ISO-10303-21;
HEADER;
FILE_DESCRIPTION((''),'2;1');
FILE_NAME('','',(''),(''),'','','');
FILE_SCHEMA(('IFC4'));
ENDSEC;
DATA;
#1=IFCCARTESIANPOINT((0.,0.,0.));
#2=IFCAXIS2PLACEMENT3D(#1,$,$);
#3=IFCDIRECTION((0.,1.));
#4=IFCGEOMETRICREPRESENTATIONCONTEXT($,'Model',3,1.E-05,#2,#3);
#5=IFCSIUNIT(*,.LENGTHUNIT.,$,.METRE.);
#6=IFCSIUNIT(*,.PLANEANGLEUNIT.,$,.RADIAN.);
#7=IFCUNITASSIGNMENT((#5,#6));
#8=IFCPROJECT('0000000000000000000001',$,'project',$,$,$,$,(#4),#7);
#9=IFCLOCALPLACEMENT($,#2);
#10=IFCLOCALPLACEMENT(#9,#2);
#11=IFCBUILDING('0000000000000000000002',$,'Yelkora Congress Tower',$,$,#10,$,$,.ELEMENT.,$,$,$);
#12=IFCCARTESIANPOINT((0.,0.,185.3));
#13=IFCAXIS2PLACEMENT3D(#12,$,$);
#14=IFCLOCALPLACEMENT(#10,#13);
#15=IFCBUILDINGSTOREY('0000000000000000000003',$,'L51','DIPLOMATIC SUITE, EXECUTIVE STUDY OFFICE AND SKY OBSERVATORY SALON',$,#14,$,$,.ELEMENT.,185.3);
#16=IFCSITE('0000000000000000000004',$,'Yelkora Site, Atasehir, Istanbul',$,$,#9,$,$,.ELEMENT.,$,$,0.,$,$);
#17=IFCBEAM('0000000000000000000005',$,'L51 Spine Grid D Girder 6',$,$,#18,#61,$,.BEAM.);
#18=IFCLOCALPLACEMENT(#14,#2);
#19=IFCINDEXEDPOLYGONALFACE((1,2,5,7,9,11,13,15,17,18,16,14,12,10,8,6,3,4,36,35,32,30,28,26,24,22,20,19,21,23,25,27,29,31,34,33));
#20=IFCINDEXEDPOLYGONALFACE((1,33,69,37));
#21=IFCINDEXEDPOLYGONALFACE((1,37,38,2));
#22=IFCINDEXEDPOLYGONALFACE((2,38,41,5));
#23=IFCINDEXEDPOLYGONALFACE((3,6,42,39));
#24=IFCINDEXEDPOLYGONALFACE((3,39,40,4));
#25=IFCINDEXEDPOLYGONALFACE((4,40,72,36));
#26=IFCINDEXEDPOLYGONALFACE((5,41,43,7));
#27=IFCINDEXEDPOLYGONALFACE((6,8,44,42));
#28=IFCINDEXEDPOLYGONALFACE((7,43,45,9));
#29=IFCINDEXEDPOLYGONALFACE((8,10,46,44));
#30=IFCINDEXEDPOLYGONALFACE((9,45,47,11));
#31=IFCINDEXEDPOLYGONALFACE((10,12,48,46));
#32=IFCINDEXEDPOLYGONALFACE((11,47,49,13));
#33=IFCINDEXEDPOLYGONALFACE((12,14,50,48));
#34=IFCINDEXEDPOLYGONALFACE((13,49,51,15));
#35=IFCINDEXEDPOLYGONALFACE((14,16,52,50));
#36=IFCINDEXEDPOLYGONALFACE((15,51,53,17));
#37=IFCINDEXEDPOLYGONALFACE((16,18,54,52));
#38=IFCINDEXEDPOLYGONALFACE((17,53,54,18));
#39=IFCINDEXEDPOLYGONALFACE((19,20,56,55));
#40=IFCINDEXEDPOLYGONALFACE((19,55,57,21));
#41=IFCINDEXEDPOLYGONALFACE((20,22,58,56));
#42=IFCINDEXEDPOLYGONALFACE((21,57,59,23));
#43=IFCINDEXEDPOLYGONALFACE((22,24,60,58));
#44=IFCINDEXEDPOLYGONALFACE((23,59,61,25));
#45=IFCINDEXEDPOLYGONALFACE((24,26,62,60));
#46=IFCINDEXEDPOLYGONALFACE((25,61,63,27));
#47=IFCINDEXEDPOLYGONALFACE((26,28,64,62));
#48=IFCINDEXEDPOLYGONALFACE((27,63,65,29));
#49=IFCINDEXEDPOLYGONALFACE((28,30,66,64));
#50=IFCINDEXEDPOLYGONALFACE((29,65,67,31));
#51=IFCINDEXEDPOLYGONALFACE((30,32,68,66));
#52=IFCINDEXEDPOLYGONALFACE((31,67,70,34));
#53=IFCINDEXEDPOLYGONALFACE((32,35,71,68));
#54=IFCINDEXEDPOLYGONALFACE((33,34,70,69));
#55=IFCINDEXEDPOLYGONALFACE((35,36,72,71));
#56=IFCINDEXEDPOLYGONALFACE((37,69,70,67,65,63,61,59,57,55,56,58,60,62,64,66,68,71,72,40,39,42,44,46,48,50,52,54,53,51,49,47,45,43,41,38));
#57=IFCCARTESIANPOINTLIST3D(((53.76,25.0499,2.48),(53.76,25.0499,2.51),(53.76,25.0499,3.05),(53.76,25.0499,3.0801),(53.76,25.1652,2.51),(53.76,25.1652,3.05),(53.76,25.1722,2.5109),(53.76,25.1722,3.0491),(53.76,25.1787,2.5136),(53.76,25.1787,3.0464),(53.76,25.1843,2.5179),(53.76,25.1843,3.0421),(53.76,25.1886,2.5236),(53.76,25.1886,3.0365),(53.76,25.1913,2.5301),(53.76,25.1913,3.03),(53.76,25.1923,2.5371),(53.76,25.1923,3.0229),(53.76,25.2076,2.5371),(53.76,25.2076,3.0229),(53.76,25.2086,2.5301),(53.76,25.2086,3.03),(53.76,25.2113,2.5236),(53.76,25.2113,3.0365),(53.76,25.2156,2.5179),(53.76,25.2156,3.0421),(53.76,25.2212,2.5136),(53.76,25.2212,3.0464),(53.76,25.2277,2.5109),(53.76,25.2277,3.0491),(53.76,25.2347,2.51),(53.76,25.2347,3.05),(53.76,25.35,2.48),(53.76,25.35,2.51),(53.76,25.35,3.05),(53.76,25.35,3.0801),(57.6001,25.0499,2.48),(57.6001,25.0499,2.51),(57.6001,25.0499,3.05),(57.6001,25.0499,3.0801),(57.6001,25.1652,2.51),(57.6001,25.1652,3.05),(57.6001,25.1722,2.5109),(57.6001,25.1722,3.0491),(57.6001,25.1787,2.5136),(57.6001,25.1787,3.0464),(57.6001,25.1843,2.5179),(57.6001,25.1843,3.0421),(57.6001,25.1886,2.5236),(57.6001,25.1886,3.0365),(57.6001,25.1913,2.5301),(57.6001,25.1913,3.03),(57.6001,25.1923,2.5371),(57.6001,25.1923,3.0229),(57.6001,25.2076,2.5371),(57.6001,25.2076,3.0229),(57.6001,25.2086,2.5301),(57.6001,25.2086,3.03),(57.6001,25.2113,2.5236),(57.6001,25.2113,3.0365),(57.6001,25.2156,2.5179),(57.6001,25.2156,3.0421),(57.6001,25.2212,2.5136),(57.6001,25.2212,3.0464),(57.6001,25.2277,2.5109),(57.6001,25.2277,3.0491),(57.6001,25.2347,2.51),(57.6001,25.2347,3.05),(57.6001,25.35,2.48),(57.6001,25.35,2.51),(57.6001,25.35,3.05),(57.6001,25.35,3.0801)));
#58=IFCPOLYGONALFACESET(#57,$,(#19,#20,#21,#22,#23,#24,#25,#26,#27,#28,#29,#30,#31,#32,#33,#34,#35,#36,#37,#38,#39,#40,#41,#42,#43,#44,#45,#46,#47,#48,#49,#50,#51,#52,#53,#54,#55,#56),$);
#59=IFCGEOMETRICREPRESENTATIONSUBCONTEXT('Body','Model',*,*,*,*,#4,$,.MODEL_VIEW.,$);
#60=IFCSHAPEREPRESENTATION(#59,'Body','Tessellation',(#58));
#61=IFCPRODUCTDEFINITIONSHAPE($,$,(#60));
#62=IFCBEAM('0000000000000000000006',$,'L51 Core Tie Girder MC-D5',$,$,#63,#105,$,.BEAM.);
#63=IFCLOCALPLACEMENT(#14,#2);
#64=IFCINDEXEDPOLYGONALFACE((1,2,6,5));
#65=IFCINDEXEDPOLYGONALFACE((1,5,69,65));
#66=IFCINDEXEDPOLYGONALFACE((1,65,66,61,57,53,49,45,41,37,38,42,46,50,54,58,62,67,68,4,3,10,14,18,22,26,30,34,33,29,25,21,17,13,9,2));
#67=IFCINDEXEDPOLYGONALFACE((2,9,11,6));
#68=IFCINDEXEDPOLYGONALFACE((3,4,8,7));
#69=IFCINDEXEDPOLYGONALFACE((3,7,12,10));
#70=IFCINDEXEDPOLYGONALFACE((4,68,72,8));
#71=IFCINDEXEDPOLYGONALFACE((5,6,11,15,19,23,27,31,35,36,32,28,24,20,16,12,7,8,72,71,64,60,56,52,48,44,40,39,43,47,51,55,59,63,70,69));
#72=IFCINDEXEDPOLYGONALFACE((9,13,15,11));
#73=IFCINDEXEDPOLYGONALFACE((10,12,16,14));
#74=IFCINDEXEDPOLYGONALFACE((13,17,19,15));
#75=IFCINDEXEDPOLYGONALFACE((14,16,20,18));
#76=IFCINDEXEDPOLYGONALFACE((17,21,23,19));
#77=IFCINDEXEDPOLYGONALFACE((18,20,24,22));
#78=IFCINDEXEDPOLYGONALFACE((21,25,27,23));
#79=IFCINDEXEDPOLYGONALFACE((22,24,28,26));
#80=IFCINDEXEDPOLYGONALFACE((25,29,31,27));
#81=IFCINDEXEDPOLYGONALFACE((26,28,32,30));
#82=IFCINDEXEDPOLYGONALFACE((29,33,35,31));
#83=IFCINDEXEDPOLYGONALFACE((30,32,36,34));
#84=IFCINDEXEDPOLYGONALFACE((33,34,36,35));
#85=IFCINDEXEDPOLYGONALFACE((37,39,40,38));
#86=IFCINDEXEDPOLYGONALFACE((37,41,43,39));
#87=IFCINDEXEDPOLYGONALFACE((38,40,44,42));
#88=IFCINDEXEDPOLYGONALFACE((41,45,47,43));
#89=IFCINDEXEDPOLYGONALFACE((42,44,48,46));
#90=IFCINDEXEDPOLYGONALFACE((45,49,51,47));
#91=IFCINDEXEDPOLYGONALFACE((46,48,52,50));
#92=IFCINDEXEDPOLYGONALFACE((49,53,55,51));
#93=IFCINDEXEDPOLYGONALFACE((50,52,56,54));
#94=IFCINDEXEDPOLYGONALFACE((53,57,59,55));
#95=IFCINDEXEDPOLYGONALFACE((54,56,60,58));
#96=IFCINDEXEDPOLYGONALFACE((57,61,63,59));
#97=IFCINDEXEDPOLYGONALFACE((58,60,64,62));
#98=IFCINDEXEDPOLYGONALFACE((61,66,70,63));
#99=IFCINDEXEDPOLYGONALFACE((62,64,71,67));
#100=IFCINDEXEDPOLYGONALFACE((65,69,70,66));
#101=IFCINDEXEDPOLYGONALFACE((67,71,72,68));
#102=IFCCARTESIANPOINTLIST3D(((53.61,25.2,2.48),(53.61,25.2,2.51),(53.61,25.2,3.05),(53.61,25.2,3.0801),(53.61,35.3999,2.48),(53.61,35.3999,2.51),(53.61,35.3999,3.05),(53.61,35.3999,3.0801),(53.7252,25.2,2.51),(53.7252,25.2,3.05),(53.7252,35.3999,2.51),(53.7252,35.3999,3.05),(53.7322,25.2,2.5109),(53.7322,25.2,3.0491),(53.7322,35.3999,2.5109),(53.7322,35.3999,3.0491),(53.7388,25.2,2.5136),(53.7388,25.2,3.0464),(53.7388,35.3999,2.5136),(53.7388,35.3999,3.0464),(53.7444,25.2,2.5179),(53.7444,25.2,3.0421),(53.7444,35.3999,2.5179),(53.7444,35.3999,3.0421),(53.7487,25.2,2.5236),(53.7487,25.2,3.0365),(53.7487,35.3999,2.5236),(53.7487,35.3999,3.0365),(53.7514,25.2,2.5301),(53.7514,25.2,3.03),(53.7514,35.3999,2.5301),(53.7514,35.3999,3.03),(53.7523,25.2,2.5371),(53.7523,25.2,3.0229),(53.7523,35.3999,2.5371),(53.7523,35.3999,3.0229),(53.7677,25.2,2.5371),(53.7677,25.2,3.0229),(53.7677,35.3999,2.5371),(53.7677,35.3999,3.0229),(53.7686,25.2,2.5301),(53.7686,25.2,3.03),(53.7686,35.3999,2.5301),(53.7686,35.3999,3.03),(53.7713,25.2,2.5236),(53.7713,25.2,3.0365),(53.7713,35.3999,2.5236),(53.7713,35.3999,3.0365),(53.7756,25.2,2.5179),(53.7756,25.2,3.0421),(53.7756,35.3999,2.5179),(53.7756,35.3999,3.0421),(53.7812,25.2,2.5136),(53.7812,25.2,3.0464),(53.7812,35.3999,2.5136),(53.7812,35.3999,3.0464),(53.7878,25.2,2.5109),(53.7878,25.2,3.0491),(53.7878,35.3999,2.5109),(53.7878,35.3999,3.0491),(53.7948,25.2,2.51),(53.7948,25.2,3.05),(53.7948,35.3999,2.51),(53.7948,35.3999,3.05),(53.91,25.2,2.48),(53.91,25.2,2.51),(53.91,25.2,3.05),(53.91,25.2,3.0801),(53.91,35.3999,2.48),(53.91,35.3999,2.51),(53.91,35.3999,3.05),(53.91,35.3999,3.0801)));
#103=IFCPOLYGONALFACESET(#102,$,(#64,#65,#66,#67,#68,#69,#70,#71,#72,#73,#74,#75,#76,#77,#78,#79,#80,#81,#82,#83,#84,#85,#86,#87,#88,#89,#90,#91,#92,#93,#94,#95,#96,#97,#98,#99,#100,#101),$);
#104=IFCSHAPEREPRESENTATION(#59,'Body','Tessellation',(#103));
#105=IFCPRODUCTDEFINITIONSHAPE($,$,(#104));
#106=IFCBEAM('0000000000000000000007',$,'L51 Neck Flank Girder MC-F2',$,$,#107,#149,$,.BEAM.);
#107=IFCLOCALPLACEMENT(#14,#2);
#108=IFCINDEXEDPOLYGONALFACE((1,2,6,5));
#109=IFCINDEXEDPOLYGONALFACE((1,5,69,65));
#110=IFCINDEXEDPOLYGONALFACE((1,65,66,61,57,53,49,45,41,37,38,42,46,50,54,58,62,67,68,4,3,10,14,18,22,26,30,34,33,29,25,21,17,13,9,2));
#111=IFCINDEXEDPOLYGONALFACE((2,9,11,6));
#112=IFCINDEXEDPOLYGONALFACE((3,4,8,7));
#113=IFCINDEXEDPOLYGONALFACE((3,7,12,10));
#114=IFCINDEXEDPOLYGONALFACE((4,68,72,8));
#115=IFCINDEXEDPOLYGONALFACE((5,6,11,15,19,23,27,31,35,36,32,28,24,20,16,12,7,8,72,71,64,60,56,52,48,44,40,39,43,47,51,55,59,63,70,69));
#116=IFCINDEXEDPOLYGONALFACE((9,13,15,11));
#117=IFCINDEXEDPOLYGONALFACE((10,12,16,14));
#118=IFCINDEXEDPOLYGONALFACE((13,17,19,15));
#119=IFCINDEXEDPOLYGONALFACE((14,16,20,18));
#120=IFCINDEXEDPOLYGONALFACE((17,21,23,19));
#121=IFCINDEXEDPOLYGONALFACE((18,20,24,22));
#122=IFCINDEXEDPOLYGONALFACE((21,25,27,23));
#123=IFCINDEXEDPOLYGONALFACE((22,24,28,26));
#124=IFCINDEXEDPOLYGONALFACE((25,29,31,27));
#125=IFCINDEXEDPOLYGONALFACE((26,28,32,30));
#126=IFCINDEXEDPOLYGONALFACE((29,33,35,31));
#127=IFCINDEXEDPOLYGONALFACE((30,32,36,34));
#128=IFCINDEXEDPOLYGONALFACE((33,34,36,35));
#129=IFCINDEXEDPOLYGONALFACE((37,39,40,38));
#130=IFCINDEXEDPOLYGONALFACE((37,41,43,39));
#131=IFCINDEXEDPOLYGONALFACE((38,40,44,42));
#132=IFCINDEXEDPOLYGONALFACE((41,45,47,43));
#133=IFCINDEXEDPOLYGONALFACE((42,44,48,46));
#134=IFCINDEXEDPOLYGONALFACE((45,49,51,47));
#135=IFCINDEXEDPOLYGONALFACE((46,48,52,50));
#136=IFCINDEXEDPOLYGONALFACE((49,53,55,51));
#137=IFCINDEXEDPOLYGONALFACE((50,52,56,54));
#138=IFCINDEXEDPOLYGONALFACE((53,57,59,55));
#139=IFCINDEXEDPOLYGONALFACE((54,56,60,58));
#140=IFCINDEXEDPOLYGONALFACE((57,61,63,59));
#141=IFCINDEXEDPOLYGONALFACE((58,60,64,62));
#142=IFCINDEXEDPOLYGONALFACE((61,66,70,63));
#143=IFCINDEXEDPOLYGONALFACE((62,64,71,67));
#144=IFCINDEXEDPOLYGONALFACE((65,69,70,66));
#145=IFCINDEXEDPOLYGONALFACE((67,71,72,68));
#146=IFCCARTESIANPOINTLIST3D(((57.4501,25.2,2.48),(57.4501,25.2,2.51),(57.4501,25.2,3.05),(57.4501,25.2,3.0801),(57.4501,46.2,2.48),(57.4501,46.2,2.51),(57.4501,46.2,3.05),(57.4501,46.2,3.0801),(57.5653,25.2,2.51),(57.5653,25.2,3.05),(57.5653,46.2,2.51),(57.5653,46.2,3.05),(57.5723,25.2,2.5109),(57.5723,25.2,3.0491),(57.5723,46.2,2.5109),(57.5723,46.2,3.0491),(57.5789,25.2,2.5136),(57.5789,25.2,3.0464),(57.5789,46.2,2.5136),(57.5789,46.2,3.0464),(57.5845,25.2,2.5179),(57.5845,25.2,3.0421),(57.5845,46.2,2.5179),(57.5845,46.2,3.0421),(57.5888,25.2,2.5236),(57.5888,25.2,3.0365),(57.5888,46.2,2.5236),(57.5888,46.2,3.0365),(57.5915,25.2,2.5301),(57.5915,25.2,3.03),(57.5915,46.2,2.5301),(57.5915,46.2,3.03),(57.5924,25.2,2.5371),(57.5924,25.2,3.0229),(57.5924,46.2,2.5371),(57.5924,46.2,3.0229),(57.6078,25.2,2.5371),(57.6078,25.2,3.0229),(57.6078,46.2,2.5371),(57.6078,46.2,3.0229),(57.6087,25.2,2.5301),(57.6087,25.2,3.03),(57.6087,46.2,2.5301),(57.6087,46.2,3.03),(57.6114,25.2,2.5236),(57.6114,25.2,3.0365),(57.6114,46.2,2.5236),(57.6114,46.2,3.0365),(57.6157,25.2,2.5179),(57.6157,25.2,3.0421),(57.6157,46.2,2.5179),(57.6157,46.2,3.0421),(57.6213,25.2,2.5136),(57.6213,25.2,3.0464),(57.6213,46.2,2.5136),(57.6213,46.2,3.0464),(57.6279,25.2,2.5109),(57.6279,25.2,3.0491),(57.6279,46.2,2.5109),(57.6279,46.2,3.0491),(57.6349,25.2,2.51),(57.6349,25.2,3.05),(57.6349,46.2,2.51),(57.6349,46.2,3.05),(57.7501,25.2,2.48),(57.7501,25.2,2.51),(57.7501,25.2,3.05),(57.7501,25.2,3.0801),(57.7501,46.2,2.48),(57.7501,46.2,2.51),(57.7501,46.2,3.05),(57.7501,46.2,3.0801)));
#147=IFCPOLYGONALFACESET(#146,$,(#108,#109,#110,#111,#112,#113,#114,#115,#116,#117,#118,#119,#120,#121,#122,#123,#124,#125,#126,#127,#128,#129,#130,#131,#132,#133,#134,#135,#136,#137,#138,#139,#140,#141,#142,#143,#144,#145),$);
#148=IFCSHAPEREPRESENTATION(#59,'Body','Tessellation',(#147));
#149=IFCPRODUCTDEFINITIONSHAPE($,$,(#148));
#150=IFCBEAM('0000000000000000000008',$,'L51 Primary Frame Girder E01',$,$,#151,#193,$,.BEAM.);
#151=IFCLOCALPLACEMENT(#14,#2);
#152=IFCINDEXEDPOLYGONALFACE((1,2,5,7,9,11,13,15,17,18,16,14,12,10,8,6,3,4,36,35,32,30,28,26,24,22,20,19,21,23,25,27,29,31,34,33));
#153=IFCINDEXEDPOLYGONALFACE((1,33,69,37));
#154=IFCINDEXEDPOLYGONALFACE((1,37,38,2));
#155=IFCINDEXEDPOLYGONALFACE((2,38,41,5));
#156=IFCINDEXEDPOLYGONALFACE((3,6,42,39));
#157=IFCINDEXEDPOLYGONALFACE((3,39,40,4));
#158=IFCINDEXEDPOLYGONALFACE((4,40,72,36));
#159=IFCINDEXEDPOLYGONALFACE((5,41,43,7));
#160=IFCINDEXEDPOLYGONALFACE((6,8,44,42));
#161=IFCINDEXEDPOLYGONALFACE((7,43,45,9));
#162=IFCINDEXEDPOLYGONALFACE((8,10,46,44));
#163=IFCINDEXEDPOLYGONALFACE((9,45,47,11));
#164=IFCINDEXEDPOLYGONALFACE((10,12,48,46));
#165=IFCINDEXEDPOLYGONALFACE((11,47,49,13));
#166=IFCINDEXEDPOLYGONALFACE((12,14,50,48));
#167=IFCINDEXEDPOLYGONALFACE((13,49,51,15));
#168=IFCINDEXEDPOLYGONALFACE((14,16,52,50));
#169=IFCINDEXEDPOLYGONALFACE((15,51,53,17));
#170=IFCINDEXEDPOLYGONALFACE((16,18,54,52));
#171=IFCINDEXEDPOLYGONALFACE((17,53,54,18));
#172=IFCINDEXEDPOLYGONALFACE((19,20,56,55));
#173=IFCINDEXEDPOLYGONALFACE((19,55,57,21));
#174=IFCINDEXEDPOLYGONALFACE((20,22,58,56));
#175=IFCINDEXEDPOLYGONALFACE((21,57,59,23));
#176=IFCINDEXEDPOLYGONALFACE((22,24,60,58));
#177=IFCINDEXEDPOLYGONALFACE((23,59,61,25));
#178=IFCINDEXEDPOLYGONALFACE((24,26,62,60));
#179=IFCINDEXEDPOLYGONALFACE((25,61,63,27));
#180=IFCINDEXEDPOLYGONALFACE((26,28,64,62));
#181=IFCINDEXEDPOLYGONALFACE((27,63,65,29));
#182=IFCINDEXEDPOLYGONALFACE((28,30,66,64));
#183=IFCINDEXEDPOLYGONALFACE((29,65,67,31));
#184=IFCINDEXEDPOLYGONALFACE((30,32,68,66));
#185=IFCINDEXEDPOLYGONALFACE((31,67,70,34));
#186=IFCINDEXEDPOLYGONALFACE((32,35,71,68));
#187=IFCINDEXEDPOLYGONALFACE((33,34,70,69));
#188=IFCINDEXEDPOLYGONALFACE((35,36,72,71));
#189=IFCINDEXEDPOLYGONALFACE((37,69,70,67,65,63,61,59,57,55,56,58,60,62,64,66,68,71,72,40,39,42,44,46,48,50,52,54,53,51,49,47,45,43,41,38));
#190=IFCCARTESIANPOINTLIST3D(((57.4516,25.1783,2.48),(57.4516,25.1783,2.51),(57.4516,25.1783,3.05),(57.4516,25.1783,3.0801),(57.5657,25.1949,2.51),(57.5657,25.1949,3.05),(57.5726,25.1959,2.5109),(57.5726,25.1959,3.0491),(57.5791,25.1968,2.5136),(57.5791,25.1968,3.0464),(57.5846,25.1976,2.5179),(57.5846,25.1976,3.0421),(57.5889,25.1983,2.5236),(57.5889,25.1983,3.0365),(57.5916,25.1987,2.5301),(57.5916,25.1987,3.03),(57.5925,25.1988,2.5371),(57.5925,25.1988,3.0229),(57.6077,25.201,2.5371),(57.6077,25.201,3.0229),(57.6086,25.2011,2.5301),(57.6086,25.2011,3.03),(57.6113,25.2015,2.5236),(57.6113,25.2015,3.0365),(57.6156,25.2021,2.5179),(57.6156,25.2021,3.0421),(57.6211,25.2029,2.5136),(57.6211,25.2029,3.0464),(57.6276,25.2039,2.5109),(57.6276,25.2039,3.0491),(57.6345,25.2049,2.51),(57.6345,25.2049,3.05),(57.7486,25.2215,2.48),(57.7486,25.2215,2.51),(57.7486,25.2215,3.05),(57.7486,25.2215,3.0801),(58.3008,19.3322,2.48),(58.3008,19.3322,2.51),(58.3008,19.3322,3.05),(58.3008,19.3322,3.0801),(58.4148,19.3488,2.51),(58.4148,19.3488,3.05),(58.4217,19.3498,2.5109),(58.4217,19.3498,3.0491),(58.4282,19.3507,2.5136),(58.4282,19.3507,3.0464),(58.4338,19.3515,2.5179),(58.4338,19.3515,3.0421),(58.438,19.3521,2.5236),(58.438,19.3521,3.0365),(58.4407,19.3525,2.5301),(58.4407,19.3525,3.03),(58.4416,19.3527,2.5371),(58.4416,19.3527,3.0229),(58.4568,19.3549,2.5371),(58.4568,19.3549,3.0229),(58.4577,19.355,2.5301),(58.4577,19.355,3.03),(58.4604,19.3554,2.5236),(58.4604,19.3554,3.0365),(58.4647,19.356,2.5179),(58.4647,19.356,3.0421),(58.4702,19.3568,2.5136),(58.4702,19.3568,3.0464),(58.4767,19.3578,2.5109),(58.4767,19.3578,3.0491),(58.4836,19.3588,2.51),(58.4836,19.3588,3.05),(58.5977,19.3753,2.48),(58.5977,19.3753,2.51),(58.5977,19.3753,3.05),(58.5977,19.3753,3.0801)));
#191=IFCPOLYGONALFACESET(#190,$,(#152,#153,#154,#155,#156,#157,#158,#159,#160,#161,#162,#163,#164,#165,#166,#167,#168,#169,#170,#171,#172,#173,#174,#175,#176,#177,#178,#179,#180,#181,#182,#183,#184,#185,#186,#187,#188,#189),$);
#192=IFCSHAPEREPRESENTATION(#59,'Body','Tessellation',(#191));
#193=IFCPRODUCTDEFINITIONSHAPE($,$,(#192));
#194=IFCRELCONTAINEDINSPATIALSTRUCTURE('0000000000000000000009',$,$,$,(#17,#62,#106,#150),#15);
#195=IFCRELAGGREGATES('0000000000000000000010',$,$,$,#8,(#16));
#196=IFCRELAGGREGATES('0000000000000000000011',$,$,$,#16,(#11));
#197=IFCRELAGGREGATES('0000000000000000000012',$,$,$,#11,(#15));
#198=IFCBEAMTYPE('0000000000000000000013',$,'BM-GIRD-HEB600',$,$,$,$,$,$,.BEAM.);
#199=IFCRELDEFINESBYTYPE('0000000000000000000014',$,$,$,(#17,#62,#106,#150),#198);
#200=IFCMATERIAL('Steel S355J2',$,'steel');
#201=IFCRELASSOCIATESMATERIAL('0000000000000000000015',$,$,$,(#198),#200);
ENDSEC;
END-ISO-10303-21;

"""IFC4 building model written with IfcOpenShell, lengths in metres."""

from ifc_helpers import new_model, si_unit, direction, frame, origin, origin_2d, place, context, subcontext, project, spatial, i_section, extrude, material, material_profile, profile_set, type_object, element, save


model = new_model("IFC4")

# Units and contexts
model_context = context("Model", 3, precision=1e-05, world=origin(), true_north=direction((0.0, 1.0)))
body_context = subcontext(model_context, "Body", "Model", "MODEL_VIEW")
ifc_project = project(units=[si_unit("LENGTHUNIT", "METRE"), si_unit("PLANEANGLEUNIT", "RADIAN")], contexts=[model_context])

# Site, building, storey
site_placement = place(None, origin())
site = spatial("IfcSite", under=ifc_project, at=site_placement, Name="Yelkora Site, Atasehir, Istanbul", CompositionType="ELEMENT", RefElevation=0.0)
building_placement = place(site_placement, origin())
building = spatial("IfcBuilding", under=site, at=building_placement, Name="Yelkora Congress Tower", CompositionType="ELEMENT")
storey_placement = place(building_placement, frame((0.0, 0.0, 185.3)))
storey = spatial("IfcBuildingStorey", under=building, at=storey_placement, Name="L51", Description="DIPLOMATIC SUITE, EXECUTIVE STUDY OFFICE AND SKY OBSERVATORY SALON", CompositionType="ELEMENT", Elevation=185.3)

# Beams
ifc_material_1 = material(Name="Steel S355J2", Category="steel")
ifc_material_profile_1 = material_profile(ifc_material_1, i_section(OverallWidth=0.3, OverallDepth=0.6001, WebThickness=0.0154, FlangeThickness=0.03, FilletRadius=0.0271, at=origin_2d()), Name="HEB 600")
ifc_profile_set_1 = profile_set([ifc_material_profile_1], Name="Steel S355J2")
beam_type_1 = type_object("IfcBeamType", Name="BM-GIRD-HEB600", PredefinedType="BEAM", material=ifc_profile_set_1)
beam_1_placement = place(storey_placement, frame((53.76, 25.2, 2.78), z_axis=(1.0, 0.0, 0.0), x_axis=(0.0, 1.0, 0.0)))
element("IfcBeam", 1, at=beam_1_placement, inside=storey, type_object=beam_type_1, Name="L51 Spine Grid D Girder 6", PredefinedType="BEAM", context=body_context, shape_type="SweptSolid", body=[
    extrude(i_section(OverallWidth=0.3, OverallDepth=0.6001, WebThickness=0.0154, FlangeThickness=0.03, FilletRadius=0.0271, at=origin_2d()), origin(), (0.0, 0.0, 1.0), 3.8401),
])
beam_2_placement = place(storey_placement, frame((53.76, 25.2, 2.78), z_axis=(0.0, 1.0, 0.0), x_axis=(-1.0, 0.0, 0.0)))
element("IfcBeam", 2, at=beam_2_placement, inside=storey, type_object=beam_type_1, Name="L51 Core Tie Girder MC-D5", PredefinedType="BEAM", context=body_context, shape_type="SweptSolid", body=[
    extrude(i_section(OverallWidth=0.3, OverallDepth=0.6001, WebThickness=0.0154, FlangeThickness=0.03, FilletRadius=0.0271, at=origin_2d()), origin(), (0.0, 0.0, 1.0), 10.2),
])
beam_3_placement = place(storey_placement, frame((57.6001, 25.2, 2.78), z_axis=(0.0, 1.0, 0.0), x_axis=(-1.0, 0.0, 0.0)))
element("IfcBeam", 3, at=beam_3_placement, inside=storey, type_object=beam_type_1, Name="L51 Neck Flank Girder MC-F2", PredefinedType="BEAM", context=body_context, shape_type="SweptSolid", body=[
    extrude(i_section(OverallWidth=0.3, OverallDepth=0.6001, WebThickness=0.0154, FlangeThickness=0.03, FilletRadius=0.0271, at=origin_2d()), origin(), (0.0, 0.0, 1.0), 21.0),
])
beam_4_placement = place(storey_placement, frame((58.4492, 19.3538, 2.78), z_axis=(-0.143735, 0.989616, 0.0), x_axis=(-0.989616, -0.143735, 0.0)))
element("IfcBeam", 4, at=beam_4_placement, inside=storey, type_object=beam_type_1, Name="L51 Primary Frame Girder E01", PredefinedType="BEAM", context=body_context, shape_type="SweptSolid", body=[
    extrude(i_section(OverallWidth=0.3, OverallDepth=0.6001, WebThickness=0.0154, FlangeThickness=0.03, FilletRadius=0.0271, at=origin_2d()), origin(), (0.0, 0.0, 1.0), 5.9075),
])

save(model, "model.ifc")
